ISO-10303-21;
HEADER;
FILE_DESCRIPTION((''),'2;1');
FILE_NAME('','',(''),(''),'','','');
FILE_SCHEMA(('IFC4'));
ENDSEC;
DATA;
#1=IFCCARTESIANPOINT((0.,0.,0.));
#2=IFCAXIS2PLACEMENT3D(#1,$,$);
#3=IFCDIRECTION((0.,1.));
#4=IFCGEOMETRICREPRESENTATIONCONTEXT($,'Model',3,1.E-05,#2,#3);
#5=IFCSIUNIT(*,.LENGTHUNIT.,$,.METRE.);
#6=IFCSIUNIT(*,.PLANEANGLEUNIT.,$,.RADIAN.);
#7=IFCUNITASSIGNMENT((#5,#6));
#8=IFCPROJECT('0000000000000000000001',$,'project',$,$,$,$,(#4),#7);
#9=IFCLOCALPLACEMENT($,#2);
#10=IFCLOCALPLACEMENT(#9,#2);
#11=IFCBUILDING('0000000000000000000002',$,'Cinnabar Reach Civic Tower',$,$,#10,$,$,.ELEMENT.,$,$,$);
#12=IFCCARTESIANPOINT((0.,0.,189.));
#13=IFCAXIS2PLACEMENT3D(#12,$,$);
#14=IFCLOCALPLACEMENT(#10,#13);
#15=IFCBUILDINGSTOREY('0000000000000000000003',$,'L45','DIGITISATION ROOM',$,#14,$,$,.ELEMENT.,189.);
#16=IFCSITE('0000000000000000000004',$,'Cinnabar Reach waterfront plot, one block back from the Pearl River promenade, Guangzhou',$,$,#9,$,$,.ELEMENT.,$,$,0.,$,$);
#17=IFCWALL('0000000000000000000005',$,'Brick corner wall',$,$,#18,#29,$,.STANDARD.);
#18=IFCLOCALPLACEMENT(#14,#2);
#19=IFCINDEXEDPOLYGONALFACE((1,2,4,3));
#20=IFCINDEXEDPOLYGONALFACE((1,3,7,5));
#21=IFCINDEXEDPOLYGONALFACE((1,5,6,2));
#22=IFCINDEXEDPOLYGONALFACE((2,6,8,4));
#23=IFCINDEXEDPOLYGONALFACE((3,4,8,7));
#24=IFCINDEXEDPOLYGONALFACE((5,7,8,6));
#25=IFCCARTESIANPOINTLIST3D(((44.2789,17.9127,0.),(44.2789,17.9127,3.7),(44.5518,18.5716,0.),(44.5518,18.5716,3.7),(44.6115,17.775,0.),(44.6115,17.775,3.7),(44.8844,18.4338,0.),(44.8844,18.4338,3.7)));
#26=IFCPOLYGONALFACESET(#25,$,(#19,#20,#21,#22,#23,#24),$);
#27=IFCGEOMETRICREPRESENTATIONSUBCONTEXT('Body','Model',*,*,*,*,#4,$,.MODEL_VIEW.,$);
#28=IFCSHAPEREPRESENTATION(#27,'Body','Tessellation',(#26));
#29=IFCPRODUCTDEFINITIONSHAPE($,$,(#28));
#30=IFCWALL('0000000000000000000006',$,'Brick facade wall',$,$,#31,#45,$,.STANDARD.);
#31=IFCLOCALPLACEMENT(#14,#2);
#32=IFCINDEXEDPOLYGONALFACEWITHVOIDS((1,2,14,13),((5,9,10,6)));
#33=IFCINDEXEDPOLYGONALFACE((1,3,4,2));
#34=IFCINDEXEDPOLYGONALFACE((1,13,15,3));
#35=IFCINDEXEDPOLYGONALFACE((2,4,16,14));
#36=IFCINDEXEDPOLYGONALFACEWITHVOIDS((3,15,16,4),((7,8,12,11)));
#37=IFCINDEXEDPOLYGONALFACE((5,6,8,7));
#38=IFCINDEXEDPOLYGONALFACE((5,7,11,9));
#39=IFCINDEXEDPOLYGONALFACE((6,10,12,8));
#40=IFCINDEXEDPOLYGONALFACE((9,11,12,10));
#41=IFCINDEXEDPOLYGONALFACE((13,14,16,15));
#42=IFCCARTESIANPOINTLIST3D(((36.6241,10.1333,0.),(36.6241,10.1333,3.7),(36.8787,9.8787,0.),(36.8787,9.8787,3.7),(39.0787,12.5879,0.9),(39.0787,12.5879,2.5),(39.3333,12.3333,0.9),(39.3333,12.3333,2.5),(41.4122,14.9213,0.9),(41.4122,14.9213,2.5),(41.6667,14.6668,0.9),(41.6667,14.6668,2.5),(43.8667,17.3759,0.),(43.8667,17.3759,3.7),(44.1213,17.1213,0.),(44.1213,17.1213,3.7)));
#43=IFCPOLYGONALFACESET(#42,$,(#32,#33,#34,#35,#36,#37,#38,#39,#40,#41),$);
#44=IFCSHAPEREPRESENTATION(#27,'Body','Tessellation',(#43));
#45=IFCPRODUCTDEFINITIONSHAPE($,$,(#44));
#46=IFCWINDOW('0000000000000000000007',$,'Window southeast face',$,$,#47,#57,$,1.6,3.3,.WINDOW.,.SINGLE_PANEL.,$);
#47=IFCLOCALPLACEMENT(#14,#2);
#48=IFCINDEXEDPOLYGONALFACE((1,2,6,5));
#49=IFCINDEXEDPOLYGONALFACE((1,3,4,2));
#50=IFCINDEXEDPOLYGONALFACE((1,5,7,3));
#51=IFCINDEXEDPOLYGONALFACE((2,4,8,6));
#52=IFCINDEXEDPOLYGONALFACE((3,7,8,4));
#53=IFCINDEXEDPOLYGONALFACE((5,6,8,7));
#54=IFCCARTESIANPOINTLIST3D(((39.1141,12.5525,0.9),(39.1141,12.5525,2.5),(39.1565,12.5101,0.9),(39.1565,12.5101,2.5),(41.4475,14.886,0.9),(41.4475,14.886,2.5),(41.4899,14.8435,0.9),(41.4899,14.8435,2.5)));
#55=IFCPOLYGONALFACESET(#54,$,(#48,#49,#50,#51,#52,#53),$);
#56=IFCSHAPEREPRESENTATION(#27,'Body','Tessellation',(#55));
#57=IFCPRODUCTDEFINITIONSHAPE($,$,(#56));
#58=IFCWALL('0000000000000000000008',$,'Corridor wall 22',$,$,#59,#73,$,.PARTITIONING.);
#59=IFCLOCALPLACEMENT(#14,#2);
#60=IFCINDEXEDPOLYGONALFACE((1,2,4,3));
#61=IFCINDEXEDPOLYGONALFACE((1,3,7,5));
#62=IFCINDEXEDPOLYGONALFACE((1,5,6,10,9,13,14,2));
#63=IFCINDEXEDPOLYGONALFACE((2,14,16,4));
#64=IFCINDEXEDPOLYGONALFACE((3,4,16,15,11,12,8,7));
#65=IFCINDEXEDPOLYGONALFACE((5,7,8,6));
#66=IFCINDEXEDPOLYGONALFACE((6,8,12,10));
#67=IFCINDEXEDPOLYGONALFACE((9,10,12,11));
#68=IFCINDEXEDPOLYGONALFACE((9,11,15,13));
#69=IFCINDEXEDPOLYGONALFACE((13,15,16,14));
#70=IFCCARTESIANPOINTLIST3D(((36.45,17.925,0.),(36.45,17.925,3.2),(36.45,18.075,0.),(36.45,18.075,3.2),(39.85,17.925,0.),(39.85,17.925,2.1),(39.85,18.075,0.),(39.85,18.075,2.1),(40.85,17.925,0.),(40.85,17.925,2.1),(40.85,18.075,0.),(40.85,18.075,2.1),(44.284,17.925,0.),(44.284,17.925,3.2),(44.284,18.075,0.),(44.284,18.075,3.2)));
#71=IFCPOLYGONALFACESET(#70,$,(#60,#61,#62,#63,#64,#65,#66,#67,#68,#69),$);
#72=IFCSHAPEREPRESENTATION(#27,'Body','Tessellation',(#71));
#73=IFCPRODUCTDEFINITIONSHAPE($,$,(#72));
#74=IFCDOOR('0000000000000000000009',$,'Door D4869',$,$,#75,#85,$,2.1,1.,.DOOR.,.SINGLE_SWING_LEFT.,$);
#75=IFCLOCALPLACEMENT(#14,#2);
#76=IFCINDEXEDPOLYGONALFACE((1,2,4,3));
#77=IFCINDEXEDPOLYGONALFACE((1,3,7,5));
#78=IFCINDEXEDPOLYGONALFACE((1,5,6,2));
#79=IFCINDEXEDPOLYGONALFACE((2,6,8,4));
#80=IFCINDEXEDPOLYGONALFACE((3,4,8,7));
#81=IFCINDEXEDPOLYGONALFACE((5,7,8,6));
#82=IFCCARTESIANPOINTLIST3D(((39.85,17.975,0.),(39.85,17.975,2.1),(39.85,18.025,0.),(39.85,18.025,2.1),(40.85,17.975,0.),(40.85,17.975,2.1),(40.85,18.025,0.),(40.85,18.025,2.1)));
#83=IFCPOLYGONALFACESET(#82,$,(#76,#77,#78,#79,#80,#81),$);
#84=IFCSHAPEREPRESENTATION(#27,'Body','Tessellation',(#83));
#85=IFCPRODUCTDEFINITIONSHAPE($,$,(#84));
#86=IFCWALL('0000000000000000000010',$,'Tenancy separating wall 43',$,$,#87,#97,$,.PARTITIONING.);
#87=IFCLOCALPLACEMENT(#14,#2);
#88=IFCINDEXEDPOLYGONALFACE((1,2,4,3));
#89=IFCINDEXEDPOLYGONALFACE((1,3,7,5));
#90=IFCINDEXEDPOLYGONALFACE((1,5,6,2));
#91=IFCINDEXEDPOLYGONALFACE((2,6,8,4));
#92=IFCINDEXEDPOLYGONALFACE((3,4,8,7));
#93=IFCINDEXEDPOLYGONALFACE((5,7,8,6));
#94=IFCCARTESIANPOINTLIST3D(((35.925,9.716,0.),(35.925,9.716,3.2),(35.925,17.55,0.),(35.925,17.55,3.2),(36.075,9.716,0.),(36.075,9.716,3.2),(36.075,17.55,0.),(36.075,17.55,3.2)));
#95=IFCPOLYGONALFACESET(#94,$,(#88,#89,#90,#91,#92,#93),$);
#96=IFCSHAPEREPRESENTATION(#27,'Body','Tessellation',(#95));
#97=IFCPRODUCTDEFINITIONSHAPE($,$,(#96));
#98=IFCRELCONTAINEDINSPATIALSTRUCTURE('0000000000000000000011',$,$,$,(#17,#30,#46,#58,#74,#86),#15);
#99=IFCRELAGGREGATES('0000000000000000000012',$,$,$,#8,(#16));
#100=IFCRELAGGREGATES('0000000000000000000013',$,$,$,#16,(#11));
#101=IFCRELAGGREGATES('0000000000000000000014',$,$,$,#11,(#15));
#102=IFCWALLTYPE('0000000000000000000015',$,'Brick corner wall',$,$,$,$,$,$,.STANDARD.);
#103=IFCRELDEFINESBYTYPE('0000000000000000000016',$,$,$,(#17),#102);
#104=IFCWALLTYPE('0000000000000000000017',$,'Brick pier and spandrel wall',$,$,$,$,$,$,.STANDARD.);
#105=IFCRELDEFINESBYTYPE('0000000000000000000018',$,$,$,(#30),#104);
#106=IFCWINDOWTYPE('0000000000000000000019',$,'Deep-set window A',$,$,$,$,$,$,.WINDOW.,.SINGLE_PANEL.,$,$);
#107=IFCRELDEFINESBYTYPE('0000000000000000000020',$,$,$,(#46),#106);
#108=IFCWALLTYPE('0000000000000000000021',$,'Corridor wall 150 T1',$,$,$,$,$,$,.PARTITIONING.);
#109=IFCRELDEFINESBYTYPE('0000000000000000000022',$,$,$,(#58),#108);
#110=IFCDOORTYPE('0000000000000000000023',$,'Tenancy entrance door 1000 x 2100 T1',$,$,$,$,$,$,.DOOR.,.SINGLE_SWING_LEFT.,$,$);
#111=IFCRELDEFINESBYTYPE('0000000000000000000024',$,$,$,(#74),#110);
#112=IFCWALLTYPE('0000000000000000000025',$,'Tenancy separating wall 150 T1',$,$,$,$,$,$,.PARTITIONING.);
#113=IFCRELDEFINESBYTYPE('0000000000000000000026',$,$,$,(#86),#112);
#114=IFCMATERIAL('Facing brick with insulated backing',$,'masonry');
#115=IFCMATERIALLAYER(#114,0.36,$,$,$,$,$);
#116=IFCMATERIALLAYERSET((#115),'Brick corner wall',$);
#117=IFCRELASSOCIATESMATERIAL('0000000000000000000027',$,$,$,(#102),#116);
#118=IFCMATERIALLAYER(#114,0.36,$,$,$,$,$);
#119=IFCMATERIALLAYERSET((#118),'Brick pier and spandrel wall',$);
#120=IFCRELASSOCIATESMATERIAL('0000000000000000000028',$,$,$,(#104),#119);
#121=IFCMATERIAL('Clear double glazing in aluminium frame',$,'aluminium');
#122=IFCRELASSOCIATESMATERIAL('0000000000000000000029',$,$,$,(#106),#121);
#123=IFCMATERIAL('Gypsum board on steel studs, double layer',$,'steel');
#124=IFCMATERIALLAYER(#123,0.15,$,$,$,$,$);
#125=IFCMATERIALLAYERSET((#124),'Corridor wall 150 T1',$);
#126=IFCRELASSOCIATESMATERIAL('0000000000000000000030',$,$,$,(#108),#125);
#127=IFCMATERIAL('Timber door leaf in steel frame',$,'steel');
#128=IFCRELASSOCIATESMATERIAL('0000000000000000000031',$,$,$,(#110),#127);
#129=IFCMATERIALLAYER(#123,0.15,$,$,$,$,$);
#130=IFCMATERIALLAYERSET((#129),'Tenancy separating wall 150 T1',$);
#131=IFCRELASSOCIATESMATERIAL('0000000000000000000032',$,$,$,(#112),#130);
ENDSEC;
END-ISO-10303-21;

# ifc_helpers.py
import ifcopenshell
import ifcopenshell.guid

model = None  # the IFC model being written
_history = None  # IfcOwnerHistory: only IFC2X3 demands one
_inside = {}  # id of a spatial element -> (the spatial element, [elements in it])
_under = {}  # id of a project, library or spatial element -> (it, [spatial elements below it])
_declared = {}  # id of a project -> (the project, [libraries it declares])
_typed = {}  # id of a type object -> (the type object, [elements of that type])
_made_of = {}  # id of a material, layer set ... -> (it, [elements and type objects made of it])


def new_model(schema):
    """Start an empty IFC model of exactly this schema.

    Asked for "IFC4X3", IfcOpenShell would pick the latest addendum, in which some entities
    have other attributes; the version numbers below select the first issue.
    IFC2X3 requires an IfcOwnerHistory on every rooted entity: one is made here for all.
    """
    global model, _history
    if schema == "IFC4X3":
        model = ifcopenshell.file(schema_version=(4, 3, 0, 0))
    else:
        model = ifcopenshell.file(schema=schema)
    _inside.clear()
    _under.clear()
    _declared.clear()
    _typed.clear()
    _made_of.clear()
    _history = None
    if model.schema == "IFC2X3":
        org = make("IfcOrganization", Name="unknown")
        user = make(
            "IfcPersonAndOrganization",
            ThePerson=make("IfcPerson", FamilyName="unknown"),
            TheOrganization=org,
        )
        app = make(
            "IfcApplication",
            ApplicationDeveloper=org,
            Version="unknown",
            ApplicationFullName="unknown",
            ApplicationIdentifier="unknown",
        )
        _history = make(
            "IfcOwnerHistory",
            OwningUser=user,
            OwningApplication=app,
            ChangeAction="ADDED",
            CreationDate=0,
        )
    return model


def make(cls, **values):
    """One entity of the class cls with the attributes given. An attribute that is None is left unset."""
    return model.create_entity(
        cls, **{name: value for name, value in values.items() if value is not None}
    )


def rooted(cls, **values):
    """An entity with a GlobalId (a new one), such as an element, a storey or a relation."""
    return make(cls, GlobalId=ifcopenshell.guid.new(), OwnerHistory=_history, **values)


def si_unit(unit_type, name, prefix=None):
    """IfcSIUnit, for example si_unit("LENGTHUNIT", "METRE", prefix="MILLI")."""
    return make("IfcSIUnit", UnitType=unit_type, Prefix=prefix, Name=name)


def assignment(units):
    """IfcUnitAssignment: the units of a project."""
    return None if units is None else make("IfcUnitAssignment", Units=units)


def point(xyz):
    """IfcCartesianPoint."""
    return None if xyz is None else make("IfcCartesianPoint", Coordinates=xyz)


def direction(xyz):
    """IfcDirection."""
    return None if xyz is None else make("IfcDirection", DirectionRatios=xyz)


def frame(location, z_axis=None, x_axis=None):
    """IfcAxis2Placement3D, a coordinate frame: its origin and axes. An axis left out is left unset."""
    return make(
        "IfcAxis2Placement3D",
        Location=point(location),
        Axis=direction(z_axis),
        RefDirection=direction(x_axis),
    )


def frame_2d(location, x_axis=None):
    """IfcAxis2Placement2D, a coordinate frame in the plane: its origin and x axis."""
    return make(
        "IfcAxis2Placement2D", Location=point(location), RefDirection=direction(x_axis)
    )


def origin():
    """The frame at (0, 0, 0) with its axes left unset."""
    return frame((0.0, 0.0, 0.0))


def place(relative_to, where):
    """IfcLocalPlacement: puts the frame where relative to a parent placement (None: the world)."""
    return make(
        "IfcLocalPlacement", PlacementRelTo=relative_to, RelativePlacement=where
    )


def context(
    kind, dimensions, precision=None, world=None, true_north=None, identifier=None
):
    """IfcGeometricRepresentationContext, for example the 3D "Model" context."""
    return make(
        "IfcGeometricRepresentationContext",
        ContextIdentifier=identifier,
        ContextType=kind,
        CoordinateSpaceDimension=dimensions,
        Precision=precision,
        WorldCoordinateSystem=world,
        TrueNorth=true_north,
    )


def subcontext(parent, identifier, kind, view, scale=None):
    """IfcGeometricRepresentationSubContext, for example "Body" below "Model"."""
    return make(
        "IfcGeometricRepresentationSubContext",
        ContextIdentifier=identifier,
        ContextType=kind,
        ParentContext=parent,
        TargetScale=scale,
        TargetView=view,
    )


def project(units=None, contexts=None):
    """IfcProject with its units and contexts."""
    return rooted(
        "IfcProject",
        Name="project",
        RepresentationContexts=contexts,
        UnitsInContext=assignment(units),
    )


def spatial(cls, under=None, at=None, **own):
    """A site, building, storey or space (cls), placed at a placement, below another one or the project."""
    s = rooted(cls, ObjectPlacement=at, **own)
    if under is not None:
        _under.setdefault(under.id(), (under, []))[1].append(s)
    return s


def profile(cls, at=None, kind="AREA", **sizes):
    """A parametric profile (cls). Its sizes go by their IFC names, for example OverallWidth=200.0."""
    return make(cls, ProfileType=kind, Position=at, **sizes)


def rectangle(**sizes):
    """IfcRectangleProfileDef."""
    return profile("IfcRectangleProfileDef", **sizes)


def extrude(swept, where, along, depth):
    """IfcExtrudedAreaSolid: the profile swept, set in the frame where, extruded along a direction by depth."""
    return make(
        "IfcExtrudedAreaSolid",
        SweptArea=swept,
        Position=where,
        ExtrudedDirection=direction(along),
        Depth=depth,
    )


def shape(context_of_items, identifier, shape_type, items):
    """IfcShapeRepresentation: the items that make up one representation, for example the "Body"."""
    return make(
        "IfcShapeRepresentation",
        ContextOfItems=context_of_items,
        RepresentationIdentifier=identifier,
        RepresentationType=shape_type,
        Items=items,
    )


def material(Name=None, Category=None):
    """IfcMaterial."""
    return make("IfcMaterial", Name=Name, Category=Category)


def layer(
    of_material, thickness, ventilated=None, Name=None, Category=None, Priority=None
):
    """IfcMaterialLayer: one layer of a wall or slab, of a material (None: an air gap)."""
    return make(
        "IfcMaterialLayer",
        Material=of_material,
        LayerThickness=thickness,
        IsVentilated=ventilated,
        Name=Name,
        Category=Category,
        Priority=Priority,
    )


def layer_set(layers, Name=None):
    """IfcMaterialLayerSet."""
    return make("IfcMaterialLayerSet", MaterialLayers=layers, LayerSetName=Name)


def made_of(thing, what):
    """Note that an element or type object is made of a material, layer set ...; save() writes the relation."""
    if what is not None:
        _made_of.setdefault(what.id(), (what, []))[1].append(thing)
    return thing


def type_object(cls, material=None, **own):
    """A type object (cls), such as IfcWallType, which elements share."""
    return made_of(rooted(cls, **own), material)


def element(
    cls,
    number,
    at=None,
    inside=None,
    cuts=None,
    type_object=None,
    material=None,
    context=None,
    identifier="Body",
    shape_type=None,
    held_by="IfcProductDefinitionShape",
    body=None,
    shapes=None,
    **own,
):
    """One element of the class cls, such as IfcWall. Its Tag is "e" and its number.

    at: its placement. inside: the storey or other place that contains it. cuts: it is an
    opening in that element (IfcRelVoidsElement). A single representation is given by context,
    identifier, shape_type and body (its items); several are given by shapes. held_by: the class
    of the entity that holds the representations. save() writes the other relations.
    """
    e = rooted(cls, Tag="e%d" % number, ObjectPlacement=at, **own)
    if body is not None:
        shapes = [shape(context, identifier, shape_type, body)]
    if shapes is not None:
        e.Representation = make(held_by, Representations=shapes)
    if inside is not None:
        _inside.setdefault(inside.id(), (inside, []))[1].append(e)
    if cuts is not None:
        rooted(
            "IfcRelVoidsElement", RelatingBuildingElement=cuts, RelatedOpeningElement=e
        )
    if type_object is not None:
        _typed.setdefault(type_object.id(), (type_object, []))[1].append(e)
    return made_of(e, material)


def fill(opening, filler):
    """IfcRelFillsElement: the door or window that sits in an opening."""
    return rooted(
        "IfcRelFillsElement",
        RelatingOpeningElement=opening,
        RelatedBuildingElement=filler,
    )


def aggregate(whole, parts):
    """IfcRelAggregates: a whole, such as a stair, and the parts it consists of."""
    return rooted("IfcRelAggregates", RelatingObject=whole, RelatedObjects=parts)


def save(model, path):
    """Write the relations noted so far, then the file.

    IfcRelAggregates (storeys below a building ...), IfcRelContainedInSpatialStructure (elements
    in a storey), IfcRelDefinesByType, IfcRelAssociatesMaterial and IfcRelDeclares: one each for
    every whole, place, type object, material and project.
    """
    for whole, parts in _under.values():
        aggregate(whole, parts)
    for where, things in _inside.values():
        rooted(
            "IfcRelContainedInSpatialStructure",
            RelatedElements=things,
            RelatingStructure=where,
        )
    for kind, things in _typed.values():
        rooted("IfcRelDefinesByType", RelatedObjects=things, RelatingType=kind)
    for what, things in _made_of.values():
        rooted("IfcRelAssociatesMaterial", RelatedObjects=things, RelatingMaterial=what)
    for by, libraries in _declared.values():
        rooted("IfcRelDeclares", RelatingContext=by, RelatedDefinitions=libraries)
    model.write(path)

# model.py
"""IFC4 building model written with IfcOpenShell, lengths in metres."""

from ifc_helpers import new_model, si_unit, direction, frame, frame_2d, origin, place, context, subcontext, project, spatial, rectangle, extrude, material, layer, layer_set, type_object, element, fill, save


model = new_model("IFC4")

# Units and contexts
model_context = context("Model", 3, precision=1e-05, world=origin(), true_north=direction((0.0, 1.0)))
body_context = subcontext(model_context, "Body", "Model", "MODEL_VIEW")
ifc_project = project(units=[si_unit("LENGTHUNIT", "METRE"), si_unit("PLANEANGLEUNIT", "RADIAN")], contexts=[model_context])

# Site, building, storey
site_placement = place(None, origin())
site = spatial("IfcSite", under=ifc_project, at=site_placement, Name="Cinnabar Reach waterfront plot, one block back from the Pearl River promenade, Guangzhou", CompositionType="ELEMENT", RefElevation=0.0)
building_placement = place(site_placement, origin())
building = spatial("IfcBuilding", under=site, at=building_placement, Name="Cinnabar Reach Civic Tower", CompositionType="ELEMENT")
storey_placement = place(building_placement, frame((0.0, 0.0, 189.0)))
storey = spatial("IfcBuildingStorey", under=building, at=storey_placement, Name="L45", Description="DIGITISATION ROOM", CompositionType="ELEMENT", Elevation=189.0)

# Wall
ifc_material_1 = material(Name="Facing brick with insulated backing", Category="masonry")
ifc_layer_1 = layer(ifc_material_1, 0.36)
ifc_layer_set_1 = layer_set([ifc_layer_1], Name="Brick corner wall")
wall_type_1 = type_object("IfcWallType", Name="Brick corner wall", PredefinedType="STANDARD", material=ifc_layer_set_1)
wall_1_placement = place(storey_placement, frame((44.4452, 17.8439, 0.0), z_axis=(0.0, 0.0, 1.0), x_axis=(0.382703, 0.923872, 0.0)))
element("IfcWall", 1, at=wall_1_placement, inside=storey, type_object=wall_type_1, Name="Brick corner wall", PredefinedType="STANDARD", context=body_context, shape_type="SweptSolid", body=[
    extrude(rectangle(XDim=0.7131, YDim=0.36, at=frame_2d((0.3565, 0.0))), origin(), (0.0, 0.0, 1.0), 3.7),
])

# Wall, opening, window
ifc_layer_2 = layer(ifc_material_1, 0.36)
ifc_layer_set_2 = layer_set([ifc_layer_2], Name="Brick pier and spandrel wall")
wall_type_2 = type_object("IfcWallType", Name="Brick pier and spandrel wall", PredefinedType="STANDARD", material=ifc_layer_set_2)
wall_2_placement = place(storey_placement, frame((36.7514, 10.006, 0.0), z_axis=(0.0, 0.0, 1.0), x_axis=(0.707107, 0.707107, 0.0)))
wall_2 = element("IfcWall", 2, at=wall_2_placement, inside=storey, type_object=wall_type_2, Name="Brick facade wall", PredefinedType="STANDARD", context=body_context, shape_type="SweptSolid", body=[
    extrude(rectangle(XDim=10.2426, YDim=0.36, at=frame_2d((5.1213, 0.0))), origin(), (0.0, 0.0, 1.0), 3.7),
])
opening_1_placement = place(wall_2_placement, frame((3.4713, 0.0, 0.9)))
opening_1 = element("IfcOpeningElement", 3, at=opening_1_placement, cuts=wall_2, PredefinedType="OPENING", context=body_context, shape_type="SweptSolid", body=[
    extrude(rectangle(XDim=3.3, YDim=1.6, at=frame_2d((1.65, 0.8))), frame((0.0, 0.19, 0.0), z_axis=(0.0, -1.0, 0.0), x_axis=(1.0, 0.0, 0.0)), (0.0, 0.0, 1.0), 0.38),
])
ifc_material_2 = material(Name="Clear double glazing in aluminium frame", Category="aluminium")
window_type = type_object("IfcWindowType", Name="Deep-set window A", PartitioningType="SINGLE_PANEL", PredefinedType="WINDOW", material=ifc_material_2)
window_placement = place(opening_1_placement, origin())
window = element("IfcWindow", 4, at=window_placement, inside=storey, type_object=window_type, Name="Window southeast face", OverallHeight=1.6, OverallWidth=3.3, PartitioningType="SINGLE_PANEL", PredefinedType="WINDOW", context=body_context, shape_type="SweptSolid", body=[
    extrude(rectangle(XDim=3.3, YDim=1.6, at=frame_2d((1.65, 0.8))), frame((0.0, 0.13, 0.0), z_axis=(0.0, -1.0, 0.0), x_axis=(1.0, 0.0, 0.0)), (0.0, 0.0, 1.0), 0.06),
])
fill(opening_1, window)

# Wall, opening, door
ifc_material_3 = material(Name="Gypsum board on steel studs, double layer", Category="steel")
ifc_layer_3 = layer(ifc_material_3, 0.15)
ifc_layer_set_3 = layer_set([ifc_layer_3], Name="Corridor wall 150 T1")
wall_type_3 = type_object("IfcWallType", Name="Corridor wall 150 T1", PredefinedType="PARTITIONING", material=ifc_layer_set_3)
wall_3_placement = place(storey_placement, frame((36.45, 18.0, 0.0), z_axis=(0.0, 0.0, 1.0), x_axis=(1.0, 0.0, 0.0)))
wall_3 = element("IfcWall", 5, at=wall_3_placement, inside=storey, type_object=wall_type_3, Name="Corridor wall 22", PredefinedType="PARTITIONING", context=body_context, shape_type="SweptSolid", body=[
    extrude(rectangle(XDim=7.834, YDim=0.15, at=frame_2d((3.917, 0.0))), origin(), (0.0, 0.0, 1.0), 3.2),
])
opening_2_placement = place(wall_3_placement, frame((3.4, 0.0, 0.0)))
opening_2 = element("IfcOpeningElement", 6, at=opening_2_placement, cuts=wall_3, PredefinedType="OPENING", context=body_context, shape_type="SweptSolid", body=[
    extrude(rectangle(XDim=1.0, YDim=2.1, at=frame_2d((0.5, 1.05))), frame((0.0, 0.085, 0.0), z_axis=(0.0, -1.0, 0.0), x_axis=(1.0, 0.0, 0.0)), (0.0, 0.0, 1.0), 0.17),
])
ifc_material_4 = material(Name="Timber door leaf in steel frame", Category="steel")
door_type = type_object("IfcDoorType", Name="Tenancy entrance door 1000 x 2100 T1", OperationType="SINGLE_SWING_LEFT", PredefinedType="DOOR", material=ifc_material_4)
door_placement = place(opening_2_placement, frame((1.0, 0.0, 0.0), z_axis=(0.0, 0.0, 1.0), x_axis=(-1.0, 0.0, 0.0)))
door = element("IfcDoor", 7, at=door_placement, inside=storey, type_object=door_type, Name="Door D4869", OperationType="SINGLE_SWING_LEFT", OverallHeight=2.1, OverallWidth=1.0, PredefinedType="DOOR", context=body_context, shape_type="SweptSolid", body=[
    extrude(rectangle(XDim=1.0, YDim=2.1, at=frame_2d((0.5, 1.05))), frame((0.0, 0.025, 0.0), z_axis=(0.0, -1.0, 0.0), x_axis=(1.0, 0.0, 0.0)), (0.0, 0.0, 1.0), 0.05),
])
fill(opening_2, door)

# Wall
ifc_layer_4 = layer(ifc_material_3, 0.15)
ifc_layer_set_4 = layer_set([ifc_layer_4], Name="Tenancy separating wall 150 T1")
wall_type_4 = type_object("IfcWallType", Name="Tenancy separating wall 150 T1", PredefinedType="PARTITIONING", material=ifc_layer_set_4)
wall_4_placement = place(storey_placement, frame((36.0, 9.716, 0.0), z_axis=(0.0, 0.0, 1.0), x_axis=(0.0, 1.0, 0.0)))
element("IfcWall", 8, at=wall_4_placement, inside=storey, type_object=wall_type_4, Name="Tenancy separating wall 43", PredefinedType="PARTITIONING", context=body_context, shape_type="SweptSolid", body=[
    extrude(rectangle(XDim=7.834, YDim=0.15, at=frame_2d((3.917, 0.0))), origin(), (0.0, 0.0, 1.0), 3.2),
])

save(model, "model.ifc")
